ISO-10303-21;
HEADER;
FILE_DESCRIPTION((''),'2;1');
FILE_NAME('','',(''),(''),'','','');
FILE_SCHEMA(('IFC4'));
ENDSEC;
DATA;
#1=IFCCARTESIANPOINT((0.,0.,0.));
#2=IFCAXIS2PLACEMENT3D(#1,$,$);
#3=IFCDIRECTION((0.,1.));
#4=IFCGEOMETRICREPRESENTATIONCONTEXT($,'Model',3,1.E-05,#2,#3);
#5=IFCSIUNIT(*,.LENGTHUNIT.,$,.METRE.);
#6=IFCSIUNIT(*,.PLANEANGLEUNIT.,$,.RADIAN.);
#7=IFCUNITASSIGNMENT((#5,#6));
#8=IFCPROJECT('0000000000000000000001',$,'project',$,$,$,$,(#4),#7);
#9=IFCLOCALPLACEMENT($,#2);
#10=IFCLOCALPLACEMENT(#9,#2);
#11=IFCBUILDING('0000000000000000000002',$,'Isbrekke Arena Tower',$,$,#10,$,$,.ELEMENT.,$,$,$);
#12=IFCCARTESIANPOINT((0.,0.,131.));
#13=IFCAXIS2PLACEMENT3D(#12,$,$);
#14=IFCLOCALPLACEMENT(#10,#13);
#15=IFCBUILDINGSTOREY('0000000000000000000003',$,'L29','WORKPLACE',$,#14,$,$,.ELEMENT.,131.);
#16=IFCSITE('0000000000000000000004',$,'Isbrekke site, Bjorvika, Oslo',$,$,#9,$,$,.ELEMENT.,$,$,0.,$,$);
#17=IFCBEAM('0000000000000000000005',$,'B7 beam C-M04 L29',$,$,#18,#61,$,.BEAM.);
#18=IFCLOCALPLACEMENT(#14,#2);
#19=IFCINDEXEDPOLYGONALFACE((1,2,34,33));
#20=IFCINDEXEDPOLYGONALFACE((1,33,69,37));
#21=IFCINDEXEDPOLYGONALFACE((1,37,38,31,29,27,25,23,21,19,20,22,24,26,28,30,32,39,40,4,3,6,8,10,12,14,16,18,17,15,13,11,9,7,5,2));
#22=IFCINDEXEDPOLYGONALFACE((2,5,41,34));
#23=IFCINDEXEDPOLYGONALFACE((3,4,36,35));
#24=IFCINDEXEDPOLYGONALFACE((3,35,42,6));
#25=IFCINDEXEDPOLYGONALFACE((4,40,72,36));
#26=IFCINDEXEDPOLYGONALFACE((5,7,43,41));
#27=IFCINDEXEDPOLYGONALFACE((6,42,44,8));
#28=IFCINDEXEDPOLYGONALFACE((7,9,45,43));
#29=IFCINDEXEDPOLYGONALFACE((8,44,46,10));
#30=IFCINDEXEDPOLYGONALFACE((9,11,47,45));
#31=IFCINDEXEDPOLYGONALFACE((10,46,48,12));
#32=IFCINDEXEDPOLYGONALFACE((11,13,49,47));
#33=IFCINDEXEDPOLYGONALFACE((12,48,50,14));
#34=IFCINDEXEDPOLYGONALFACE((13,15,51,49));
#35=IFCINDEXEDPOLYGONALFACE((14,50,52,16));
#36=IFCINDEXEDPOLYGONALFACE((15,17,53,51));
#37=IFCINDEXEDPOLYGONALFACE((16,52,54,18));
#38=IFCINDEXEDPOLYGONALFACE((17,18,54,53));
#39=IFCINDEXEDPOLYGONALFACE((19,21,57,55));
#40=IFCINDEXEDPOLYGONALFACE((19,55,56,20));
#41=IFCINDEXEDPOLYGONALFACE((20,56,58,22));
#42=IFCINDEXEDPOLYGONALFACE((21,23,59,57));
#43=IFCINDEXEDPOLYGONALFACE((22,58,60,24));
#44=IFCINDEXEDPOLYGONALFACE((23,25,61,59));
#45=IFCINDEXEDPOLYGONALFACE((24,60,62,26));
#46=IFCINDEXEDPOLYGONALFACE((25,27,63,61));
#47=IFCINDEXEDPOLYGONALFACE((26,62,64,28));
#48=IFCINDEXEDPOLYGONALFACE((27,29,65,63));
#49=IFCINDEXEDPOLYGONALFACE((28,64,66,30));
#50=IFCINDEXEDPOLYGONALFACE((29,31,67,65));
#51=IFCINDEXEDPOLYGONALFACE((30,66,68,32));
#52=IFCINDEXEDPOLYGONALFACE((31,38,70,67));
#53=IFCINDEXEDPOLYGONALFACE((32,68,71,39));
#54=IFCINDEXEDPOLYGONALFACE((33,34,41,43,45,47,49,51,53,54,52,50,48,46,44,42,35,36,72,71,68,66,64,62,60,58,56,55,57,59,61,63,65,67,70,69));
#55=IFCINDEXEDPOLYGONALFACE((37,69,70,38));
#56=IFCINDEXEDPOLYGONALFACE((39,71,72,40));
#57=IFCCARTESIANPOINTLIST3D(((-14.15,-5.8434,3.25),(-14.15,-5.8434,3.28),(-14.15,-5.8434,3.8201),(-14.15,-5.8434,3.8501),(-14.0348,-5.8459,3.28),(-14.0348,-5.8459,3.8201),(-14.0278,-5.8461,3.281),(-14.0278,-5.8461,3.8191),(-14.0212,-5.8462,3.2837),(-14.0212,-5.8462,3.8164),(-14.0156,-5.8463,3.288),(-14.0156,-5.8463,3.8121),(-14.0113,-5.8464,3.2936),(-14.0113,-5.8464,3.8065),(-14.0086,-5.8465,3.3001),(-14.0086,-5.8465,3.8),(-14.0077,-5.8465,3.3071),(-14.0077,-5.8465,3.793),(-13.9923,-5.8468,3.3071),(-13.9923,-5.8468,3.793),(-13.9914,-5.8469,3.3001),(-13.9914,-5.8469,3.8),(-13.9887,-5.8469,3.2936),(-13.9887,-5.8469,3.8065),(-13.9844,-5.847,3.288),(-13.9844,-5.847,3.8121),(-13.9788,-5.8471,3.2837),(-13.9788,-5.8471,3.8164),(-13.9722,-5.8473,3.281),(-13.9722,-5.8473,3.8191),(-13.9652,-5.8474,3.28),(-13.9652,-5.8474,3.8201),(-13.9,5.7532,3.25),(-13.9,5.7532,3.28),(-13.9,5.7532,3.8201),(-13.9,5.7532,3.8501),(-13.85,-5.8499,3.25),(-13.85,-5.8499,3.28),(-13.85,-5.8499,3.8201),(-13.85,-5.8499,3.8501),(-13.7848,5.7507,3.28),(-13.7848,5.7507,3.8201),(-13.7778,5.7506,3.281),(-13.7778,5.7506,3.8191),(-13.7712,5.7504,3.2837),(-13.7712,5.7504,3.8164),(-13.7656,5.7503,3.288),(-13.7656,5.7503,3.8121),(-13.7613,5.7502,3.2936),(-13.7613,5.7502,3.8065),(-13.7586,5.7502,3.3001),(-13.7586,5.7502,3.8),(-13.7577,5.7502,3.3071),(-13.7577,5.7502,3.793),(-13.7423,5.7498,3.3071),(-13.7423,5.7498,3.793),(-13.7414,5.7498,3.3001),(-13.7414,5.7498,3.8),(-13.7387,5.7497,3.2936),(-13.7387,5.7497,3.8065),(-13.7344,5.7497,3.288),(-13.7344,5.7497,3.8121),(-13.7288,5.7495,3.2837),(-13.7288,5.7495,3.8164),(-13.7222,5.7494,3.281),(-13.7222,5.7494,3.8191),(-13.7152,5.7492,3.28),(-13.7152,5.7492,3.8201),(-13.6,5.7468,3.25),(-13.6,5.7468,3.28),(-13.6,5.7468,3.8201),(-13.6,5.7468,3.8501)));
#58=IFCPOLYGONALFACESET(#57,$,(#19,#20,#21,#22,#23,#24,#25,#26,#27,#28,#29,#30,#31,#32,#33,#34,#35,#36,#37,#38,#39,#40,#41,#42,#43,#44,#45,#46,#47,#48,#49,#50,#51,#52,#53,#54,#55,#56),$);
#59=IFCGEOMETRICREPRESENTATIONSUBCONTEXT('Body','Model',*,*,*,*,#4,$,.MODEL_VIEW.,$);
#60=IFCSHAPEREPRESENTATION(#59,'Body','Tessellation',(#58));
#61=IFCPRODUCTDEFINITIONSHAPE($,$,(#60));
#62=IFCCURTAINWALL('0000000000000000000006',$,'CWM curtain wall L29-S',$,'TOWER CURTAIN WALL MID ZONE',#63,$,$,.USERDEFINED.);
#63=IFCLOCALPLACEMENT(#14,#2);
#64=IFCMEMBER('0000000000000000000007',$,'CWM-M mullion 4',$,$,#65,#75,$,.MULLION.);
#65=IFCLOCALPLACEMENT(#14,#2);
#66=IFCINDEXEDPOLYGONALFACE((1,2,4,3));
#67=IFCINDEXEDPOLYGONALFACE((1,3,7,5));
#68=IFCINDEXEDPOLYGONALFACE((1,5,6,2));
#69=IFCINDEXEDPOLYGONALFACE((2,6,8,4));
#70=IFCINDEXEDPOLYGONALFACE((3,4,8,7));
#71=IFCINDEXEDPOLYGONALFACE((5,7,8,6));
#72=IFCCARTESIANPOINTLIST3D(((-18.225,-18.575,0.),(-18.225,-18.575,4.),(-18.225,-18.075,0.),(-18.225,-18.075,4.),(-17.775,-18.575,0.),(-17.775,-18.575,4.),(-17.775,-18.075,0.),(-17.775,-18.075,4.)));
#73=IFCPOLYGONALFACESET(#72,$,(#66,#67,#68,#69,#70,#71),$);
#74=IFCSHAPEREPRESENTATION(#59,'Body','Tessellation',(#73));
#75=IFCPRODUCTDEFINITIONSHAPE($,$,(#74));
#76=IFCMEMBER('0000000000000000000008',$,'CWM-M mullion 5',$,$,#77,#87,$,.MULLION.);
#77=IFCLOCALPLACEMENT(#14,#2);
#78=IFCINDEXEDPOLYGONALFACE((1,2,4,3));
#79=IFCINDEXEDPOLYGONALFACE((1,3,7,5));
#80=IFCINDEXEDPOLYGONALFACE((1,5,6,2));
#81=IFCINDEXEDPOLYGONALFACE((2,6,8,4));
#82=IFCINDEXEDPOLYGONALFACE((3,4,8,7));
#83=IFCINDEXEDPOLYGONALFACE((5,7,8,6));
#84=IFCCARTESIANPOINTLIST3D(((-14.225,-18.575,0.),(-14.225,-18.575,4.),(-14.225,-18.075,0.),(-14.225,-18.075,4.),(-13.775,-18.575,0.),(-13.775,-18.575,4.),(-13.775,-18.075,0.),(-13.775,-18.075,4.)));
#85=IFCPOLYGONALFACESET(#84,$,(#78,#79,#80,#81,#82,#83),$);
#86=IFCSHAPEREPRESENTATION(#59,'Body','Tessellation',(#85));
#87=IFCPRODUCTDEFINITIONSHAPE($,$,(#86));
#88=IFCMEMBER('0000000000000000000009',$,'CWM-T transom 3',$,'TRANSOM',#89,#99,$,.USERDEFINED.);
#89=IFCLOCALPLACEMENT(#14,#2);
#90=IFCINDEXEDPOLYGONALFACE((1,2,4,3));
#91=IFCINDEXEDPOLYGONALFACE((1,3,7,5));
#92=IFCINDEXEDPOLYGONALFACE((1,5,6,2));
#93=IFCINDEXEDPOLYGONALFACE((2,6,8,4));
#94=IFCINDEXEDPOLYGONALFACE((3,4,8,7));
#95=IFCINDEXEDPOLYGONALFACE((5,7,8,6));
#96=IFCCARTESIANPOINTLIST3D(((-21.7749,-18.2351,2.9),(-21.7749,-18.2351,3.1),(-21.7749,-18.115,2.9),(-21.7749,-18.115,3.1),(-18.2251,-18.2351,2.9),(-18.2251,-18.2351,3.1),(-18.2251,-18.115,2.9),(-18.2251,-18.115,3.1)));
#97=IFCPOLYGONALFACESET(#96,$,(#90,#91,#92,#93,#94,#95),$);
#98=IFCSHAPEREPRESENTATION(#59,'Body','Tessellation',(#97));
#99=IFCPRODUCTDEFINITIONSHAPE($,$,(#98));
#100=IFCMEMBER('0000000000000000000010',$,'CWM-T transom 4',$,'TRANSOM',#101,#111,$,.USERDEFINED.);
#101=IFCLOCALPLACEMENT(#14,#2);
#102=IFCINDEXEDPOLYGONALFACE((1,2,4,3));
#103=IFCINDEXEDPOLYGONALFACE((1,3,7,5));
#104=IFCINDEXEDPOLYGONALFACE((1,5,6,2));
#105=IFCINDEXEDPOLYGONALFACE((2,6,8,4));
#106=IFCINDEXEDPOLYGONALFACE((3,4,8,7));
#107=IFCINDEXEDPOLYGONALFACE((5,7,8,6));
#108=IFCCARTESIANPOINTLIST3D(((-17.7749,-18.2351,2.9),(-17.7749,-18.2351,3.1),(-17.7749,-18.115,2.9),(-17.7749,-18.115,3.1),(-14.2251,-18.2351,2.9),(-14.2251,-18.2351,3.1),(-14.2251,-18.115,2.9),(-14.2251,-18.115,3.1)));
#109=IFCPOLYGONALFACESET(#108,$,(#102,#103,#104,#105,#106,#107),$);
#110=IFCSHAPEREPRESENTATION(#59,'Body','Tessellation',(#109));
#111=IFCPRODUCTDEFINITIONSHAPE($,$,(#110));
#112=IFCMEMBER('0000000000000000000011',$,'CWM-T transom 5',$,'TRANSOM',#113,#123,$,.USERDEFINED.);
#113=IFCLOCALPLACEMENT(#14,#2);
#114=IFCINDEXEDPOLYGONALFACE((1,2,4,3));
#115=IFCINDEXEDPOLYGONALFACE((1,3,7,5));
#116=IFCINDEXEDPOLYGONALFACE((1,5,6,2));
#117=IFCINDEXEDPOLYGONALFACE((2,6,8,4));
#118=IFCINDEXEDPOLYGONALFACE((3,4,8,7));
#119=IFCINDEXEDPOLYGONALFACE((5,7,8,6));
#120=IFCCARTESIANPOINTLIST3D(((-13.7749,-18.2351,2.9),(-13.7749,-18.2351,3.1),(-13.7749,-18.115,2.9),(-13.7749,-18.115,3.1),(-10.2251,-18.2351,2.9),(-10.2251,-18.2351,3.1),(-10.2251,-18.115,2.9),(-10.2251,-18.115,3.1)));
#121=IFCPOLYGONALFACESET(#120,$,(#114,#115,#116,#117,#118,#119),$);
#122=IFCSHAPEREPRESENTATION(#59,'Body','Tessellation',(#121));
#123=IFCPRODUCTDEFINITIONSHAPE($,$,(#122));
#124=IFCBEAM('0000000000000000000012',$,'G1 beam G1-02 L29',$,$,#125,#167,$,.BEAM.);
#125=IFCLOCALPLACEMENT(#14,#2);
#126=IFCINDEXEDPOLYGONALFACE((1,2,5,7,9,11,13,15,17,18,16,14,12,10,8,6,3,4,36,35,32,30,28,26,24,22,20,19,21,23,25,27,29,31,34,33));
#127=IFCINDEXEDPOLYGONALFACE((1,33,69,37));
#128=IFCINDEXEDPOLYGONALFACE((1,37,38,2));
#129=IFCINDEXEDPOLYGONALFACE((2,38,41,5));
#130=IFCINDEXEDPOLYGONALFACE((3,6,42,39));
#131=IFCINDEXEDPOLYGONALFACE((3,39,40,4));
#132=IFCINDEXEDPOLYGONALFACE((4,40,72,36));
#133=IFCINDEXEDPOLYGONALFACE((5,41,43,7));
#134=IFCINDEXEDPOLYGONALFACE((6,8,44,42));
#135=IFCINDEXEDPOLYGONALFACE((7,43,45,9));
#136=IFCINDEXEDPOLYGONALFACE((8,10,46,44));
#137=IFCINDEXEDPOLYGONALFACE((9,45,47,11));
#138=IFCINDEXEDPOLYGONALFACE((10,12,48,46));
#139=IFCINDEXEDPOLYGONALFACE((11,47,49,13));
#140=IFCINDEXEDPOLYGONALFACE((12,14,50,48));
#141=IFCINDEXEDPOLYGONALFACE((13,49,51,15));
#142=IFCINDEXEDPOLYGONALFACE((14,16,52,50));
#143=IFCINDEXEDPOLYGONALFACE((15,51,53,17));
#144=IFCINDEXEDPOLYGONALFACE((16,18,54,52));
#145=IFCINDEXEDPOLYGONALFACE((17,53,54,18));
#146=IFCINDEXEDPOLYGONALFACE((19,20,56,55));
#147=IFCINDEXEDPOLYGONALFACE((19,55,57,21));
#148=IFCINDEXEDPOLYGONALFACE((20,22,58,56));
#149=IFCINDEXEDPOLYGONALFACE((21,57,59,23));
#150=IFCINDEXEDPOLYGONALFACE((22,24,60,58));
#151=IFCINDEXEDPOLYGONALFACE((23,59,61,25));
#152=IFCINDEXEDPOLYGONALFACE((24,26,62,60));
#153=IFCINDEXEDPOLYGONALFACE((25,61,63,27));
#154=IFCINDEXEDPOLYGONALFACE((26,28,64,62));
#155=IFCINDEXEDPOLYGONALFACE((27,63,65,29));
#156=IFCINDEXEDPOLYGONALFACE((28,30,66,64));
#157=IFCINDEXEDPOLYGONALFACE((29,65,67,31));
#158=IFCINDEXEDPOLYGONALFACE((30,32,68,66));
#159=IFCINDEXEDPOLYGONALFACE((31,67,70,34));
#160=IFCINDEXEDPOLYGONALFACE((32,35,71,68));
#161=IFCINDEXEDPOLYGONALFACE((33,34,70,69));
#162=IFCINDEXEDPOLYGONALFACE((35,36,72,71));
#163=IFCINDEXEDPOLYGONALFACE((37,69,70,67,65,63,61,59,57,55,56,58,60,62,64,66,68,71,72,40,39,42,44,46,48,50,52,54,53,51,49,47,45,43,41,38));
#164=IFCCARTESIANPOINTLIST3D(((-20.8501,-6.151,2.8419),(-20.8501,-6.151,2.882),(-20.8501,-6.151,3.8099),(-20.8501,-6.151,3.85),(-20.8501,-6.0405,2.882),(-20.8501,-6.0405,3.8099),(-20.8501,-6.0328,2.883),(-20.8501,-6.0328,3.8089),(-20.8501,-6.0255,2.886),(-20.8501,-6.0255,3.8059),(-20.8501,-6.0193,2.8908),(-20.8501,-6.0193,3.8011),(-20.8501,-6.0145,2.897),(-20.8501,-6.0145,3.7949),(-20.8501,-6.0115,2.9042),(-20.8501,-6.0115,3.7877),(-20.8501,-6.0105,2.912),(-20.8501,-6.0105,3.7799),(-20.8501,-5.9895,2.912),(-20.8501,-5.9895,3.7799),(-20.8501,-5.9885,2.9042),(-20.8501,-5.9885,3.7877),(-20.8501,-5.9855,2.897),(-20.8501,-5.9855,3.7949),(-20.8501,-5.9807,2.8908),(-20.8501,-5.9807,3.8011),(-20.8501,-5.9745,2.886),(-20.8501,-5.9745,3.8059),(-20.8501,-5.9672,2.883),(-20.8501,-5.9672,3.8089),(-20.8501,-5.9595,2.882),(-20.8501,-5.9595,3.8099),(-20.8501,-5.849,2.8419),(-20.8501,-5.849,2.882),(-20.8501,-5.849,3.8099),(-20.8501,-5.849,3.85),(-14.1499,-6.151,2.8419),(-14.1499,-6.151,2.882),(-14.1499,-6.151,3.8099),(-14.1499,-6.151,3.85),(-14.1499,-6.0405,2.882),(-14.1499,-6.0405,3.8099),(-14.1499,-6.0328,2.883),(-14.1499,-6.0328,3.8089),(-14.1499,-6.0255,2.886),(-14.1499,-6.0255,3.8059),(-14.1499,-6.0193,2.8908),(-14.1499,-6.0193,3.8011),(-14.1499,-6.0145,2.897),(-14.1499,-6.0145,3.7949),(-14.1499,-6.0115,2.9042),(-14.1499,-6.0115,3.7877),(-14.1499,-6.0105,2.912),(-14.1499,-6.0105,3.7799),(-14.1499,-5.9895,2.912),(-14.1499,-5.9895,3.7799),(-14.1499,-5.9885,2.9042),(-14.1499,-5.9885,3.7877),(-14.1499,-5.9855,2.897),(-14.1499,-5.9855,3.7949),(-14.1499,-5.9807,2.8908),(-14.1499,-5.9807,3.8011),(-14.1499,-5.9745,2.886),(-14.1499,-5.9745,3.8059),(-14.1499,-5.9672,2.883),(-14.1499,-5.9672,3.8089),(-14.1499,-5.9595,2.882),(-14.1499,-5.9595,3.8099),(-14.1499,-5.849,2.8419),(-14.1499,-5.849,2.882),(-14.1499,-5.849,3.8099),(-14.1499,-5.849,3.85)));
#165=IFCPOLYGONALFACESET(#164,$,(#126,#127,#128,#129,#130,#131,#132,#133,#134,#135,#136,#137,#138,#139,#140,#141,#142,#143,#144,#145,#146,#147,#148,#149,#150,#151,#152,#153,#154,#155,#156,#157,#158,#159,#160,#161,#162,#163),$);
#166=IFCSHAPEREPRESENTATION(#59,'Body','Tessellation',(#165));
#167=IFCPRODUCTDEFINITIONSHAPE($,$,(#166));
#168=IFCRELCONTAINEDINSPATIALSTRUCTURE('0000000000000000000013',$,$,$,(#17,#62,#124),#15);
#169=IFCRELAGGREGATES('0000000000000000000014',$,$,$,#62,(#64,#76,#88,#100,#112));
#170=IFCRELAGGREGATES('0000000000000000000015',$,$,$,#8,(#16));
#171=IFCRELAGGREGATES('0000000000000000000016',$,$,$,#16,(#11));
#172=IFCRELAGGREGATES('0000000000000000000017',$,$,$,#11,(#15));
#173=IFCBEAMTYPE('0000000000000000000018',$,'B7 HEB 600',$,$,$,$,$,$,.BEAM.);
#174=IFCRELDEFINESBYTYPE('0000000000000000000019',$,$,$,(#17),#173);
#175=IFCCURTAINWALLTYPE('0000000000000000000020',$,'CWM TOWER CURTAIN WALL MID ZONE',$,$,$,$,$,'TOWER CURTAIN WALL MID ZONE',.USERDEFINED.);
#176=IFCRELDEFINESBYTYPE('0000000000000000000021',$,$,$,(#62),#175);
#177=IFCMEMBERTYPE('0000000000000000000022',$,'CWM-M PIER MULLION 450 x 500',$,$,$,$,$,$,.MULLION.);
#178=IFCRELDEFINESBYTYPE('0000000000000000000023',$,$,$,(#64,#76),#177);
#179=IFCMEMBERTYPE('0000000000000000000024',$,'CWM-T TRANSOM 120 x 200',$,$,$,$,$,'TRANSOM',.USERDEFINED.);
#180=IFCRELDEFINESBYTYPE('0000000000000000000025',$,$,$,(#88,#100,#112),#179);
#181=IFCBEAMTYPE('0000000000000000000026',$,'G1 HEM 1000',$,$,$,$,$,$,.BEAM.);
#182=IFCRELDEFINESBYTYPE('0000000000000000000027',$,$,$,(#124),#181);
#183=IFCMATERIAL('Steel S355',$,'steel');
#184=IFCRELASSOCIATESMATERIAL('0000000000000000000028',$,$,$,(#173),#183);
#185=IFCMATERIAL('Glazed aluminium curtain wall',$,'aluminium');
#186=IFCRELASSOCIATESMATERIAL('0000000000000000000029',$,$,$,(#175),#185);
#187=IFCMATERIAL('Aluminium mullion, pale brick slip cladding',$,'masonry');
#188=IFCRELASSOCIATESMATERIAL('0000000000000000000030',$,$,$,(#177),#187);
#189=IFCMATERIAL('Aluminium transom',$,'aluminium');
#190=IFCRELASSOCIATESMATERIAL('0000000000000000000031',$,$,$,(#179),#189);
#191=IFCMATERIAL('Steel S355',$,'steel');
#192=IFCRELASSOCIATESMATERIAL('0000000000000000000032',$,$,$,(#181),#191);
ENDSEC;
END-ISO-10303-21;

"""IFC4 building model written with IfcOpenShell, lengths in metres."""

from ifc_helpers import new_model, si_unit, direction, frame, origin, origin_2d, place, context, subcontext, project, spatial, rectangle, i_section, extrude, material, material_profile, profile_set, type_object, element, aggregate, save


model = new_model("IFC4")

# Units and contexts
model_context = context("Model", 3, precision=1e-05, world=origin(), true_north=direction((0.0, 1.0)))
body_context = subcontext(model_context, "Body", "Model", "MODEL_VIEW")
ifc_project = project(units=[si_unit("LENGTHUNIT", "METRE"), si_unit("PLANEANGLEUNIT", "RADIAN")], contexts=[model_context])

# Site, building, storey
site_placement = place(None, origin())
site = spatial("IfcSite", under=ifc_project, at=site_placement, Name="Isbrekke site, Bjorvika, Oslo", CompositionType="ELEMENT", RefElevation=0.0)
building_placement = place(site_placement, origin())
building = spatial("IfcBuilding", under=site, at=building_placement, Name="Isbrekke Arena Tower", CompositionType="ELEMENT")
storey_placement = place(building_placement, frame((0.0, 0.0, 131.0)))
storey = spatial("IfcBuildingStorey", under=building, at=storey_placement, Name="L29", Description="WORKPLACE", CompositionType="ELEMENT", Elevation=131.0)

# Beam
ifc_material_1 = material(Name="Steel S355", Category="steel")
ifc_material_profile_1 = material_profile(ifc_material_1, i_section(OverallWidth=0.3, OverallDepth=0.6001, WebThickness=0.0154, FlangeThickness=0.03, FilletRadius=0.0271, at=origin_2d()), Name="HEB 600")
ifc_profile_set_1 = profile_set([ifc_material_profile_1], Name="Steel S355")
beam_type_1 = type_object("IfcBeamType", Name="B7 HEB 600", PredefinedType="BEAM", material=ifc_profile_set_1)
beam_1_placement = place(storey_placement, frame((-14.0, -5.8467, 3.55), z_axis=(0.021553, 0.999768, 0.0), x_axis=(-0.999768, 0.021553, 0.0)))
element("IfcBeam", 1, at=beam_1_placement, inside=storey, type_object=beam_type_1, Name="B7 beam C-M04 L29", PredefinedType="BEAM", context=body_context, shape_type="SweptSolid", body=[
    extrude(i_section(OverallWidth=0.3, OverallDepth=0.6001, WebThickness=0.0154, FlangeThickness=0.03, FilletRadius=0.0271, at=origin_2d()), origin(), (0.0, 0.0, 1.0), 11.5994),
])

# Curtain wall, members
ifc_material_2 = material(Name="Glazed aluminium curtain wall", Category="aluminium")
curtain_wall_type = type_object("IfcCurtainWallType", Name="CWM TOWER CURTAIN WALL MID ZONE", ElementType="TOWER CURTAIN WALL MID ZONE", PredefinedType="USERDEFINED", material=ifc_material_2)
curtain_wall_placement = place(storey_placement, origin())
curtain_wall = element("IfcCurtainWall", 2, at=curtain_wall_placement, inside=storey, type_object=curtain_wall_type, Name="CWM curtain wall L29-S", ObjectType="TOWER CURTAIN WALL MID ZONE", PredefinedType="USERDEFINED")
ifc_material_3 = material(Name="Aluminium mullion, pale brick slip cladding", Category="masonry")
ifc_material_profile_2 = material_profile(ifc_material_3, rectangle(XDim=0.45, YDim=0.5, at=origin_2d()), Name="PIER 450X500")
ifc_profile_set_2 = profile_set([ifc_material_profile_2], Name="Aluminium mullion, pale brick slip cladding")
member_type_1 = type_object("IfcMemberType", Name="CWM-M PIER MULLION 450 x 500", PredefinedType="MULLION", material=ifc_profile_set_2)
member_1_placement = place(storey_placement, frame((-18.0, -18.325, 0.0), z_axis=(0.0, 0.0, 1.0), x_axis=(1.0, 0.0, 0.0)))
member_1 = element("IfcMember", 3, at=member_1_placement, type_object=member_type_1, Name="CWM-M mullion 4", PredefinedType="MULLION", context=body_context, shape_type="SweptSolid", body=[
    extrude(rectangle(XDim=0.45, YDim=0.5, at=origin_2d()), origin(), (0.0, 0.0, 1.0), 4.0),
])
member_2_placement = place(storey_placement, frame((-14.0, -18.325, 0.0), z_axis=(0.0, 0.0, 1.0), x_axis=(1.0, 0.0, 0.0)))
member_2 = element("IfcMember", 4, at=member_2_placement, type_object=member_type_1, Name="CWM-M mullion 5", PredefinedType="MULLION", context=body_context, shape_type="SweptSolid", body=[
    extrude(rectangle(XDim=0.45, YDim=0.5, at=origin_2d()), origin(), (0.0, 0.0, 1.0), 4.0),
])
ifc_material_4 = material(Name="Aluminium transom", Category="aluminium")
ifc_material_profile_3 = material_profile(ifc_material_4, rectangle(XDim=0.1201, YDim=0.2, at=origin_2d()), Name="TRANSOM 120X200")
ifc_profile_set_3 = profile_set([ifc_material_profile_3], Name="Aluminium transom")
member_type_2 = type_object("IfcMemberType", Name="CWM-T TRANSOM 120 x 200", ElementType="TRANSOM", PredefinedType="USERDEFINED", material=ifc_profile_set_3)
member_3_placement = place(storey_placement, frame((-21.7749, -18.175, 3.0), z_axis=(1.0, 0.0, 0.0), x_axis=(0.0, 1.0, 0.0)))
member_3 = element("IfcMember", 5, at=member_3_placement, type_object=member_type_2, Name="CWM-T transom 3", ObjectType="TRANSOM", PredefinedType="USERDEFINED", context=body_context, shape_type="SweptSolid", body=[
    extrude(rectangle(XDim=0.1201, YDim=0.2, at=origin_2d()), origin(), (0.0, 0.0, 1.0), 3.5498),
])
member_4_placement = place(storey_placement, frame((-17.7749, -18.175, 3.0), z_axis=(1.0, 0.0, 0.0), x_axis=(0.0, 1.0, 0.0)))
member_4 = element("IfcMember", 6, at=member_4_placement, type_object=member_type_2, Name="CWM-T transom 4", ObjectType="TRANSOM", PredefinedType="USERDEFINED", context=body_context, shape_type="SweptSolid", body=[
    extrude(rectangle(XDim=0.1201, YDim=0.2, at=origin_2d()), origin(), (0.0, 0.0, 1.0), 3.5498),
])
member_5_placement = place(storey_placement, frame((-13.7749, -18.175, 3.0), z_axis=(1.0, 0.0, 0.0), x_axis=(0.0, 1.0, 0.0)))
member_5 = element("IfcMember", 7, at=member_5_placement, type_object=member_type_2, Name="CWM-T transom 5", ObjectType="TRANSOM", PredefinedType="USERDEFINED", context=body_context, shape_type="SweptSolid", body=[
    extrude(rectangle(XDim=0.1201, YDim=0.2, at=origin_2d()), origin(), (0.0, 0.0, 1.0), 3.5498),
])

# Beam
ifc_material_5 = material(Name="Steel S355", Category="steel")
ifc_material_profile_4 = material_profile(ifc_material_5, i_section(OverallWidth=0.302, OverallDepth=1.0081, WebThickness=0.021, FlangeThickness=0.04, FilletRadius=0.03, at=origin_2d()), Name="HEM 1000")
ifc_profile_set_4 = profile_set([ifc_material_profile_4], Name="Steel S355")
beam_type_2 = type_object("IfcBeamType", Name="G1 HEM 1000", PredefinedType="BEAM", material=ifc_profile_set_4)
for number, where, z_axis, x_axis, name in (
    (8, (-20.8501, -6.0, 3.3459), (1.0, 0.0, 0.0), (0.0, 1.0, 0.0), "G1 beam G1-02 L29"),
):
    element("IfcBeam", number, at=place(storey_placement, frame(where, z_axis=z_axis, x_axis=x_axis)), inside=storey, type_object=beam_type_2, Name=name, PredefinedType="BEAM", context=body_context, shape_type="SweptSolid", body=[
        extrude(i_section(OverallWidth=0.302, OverallDepth=1.0081, WebThickness=0.021, FlangeThickness=0.04, FilletRadius=0.03, at=origin_2d()), origin(), (0.0, 0.0, 1.0), 6.7002),
    ])

aggregate(curtain_wall, [member_1, member_2, member_3, member_4, member_5])

save(model, "model.ifc")
